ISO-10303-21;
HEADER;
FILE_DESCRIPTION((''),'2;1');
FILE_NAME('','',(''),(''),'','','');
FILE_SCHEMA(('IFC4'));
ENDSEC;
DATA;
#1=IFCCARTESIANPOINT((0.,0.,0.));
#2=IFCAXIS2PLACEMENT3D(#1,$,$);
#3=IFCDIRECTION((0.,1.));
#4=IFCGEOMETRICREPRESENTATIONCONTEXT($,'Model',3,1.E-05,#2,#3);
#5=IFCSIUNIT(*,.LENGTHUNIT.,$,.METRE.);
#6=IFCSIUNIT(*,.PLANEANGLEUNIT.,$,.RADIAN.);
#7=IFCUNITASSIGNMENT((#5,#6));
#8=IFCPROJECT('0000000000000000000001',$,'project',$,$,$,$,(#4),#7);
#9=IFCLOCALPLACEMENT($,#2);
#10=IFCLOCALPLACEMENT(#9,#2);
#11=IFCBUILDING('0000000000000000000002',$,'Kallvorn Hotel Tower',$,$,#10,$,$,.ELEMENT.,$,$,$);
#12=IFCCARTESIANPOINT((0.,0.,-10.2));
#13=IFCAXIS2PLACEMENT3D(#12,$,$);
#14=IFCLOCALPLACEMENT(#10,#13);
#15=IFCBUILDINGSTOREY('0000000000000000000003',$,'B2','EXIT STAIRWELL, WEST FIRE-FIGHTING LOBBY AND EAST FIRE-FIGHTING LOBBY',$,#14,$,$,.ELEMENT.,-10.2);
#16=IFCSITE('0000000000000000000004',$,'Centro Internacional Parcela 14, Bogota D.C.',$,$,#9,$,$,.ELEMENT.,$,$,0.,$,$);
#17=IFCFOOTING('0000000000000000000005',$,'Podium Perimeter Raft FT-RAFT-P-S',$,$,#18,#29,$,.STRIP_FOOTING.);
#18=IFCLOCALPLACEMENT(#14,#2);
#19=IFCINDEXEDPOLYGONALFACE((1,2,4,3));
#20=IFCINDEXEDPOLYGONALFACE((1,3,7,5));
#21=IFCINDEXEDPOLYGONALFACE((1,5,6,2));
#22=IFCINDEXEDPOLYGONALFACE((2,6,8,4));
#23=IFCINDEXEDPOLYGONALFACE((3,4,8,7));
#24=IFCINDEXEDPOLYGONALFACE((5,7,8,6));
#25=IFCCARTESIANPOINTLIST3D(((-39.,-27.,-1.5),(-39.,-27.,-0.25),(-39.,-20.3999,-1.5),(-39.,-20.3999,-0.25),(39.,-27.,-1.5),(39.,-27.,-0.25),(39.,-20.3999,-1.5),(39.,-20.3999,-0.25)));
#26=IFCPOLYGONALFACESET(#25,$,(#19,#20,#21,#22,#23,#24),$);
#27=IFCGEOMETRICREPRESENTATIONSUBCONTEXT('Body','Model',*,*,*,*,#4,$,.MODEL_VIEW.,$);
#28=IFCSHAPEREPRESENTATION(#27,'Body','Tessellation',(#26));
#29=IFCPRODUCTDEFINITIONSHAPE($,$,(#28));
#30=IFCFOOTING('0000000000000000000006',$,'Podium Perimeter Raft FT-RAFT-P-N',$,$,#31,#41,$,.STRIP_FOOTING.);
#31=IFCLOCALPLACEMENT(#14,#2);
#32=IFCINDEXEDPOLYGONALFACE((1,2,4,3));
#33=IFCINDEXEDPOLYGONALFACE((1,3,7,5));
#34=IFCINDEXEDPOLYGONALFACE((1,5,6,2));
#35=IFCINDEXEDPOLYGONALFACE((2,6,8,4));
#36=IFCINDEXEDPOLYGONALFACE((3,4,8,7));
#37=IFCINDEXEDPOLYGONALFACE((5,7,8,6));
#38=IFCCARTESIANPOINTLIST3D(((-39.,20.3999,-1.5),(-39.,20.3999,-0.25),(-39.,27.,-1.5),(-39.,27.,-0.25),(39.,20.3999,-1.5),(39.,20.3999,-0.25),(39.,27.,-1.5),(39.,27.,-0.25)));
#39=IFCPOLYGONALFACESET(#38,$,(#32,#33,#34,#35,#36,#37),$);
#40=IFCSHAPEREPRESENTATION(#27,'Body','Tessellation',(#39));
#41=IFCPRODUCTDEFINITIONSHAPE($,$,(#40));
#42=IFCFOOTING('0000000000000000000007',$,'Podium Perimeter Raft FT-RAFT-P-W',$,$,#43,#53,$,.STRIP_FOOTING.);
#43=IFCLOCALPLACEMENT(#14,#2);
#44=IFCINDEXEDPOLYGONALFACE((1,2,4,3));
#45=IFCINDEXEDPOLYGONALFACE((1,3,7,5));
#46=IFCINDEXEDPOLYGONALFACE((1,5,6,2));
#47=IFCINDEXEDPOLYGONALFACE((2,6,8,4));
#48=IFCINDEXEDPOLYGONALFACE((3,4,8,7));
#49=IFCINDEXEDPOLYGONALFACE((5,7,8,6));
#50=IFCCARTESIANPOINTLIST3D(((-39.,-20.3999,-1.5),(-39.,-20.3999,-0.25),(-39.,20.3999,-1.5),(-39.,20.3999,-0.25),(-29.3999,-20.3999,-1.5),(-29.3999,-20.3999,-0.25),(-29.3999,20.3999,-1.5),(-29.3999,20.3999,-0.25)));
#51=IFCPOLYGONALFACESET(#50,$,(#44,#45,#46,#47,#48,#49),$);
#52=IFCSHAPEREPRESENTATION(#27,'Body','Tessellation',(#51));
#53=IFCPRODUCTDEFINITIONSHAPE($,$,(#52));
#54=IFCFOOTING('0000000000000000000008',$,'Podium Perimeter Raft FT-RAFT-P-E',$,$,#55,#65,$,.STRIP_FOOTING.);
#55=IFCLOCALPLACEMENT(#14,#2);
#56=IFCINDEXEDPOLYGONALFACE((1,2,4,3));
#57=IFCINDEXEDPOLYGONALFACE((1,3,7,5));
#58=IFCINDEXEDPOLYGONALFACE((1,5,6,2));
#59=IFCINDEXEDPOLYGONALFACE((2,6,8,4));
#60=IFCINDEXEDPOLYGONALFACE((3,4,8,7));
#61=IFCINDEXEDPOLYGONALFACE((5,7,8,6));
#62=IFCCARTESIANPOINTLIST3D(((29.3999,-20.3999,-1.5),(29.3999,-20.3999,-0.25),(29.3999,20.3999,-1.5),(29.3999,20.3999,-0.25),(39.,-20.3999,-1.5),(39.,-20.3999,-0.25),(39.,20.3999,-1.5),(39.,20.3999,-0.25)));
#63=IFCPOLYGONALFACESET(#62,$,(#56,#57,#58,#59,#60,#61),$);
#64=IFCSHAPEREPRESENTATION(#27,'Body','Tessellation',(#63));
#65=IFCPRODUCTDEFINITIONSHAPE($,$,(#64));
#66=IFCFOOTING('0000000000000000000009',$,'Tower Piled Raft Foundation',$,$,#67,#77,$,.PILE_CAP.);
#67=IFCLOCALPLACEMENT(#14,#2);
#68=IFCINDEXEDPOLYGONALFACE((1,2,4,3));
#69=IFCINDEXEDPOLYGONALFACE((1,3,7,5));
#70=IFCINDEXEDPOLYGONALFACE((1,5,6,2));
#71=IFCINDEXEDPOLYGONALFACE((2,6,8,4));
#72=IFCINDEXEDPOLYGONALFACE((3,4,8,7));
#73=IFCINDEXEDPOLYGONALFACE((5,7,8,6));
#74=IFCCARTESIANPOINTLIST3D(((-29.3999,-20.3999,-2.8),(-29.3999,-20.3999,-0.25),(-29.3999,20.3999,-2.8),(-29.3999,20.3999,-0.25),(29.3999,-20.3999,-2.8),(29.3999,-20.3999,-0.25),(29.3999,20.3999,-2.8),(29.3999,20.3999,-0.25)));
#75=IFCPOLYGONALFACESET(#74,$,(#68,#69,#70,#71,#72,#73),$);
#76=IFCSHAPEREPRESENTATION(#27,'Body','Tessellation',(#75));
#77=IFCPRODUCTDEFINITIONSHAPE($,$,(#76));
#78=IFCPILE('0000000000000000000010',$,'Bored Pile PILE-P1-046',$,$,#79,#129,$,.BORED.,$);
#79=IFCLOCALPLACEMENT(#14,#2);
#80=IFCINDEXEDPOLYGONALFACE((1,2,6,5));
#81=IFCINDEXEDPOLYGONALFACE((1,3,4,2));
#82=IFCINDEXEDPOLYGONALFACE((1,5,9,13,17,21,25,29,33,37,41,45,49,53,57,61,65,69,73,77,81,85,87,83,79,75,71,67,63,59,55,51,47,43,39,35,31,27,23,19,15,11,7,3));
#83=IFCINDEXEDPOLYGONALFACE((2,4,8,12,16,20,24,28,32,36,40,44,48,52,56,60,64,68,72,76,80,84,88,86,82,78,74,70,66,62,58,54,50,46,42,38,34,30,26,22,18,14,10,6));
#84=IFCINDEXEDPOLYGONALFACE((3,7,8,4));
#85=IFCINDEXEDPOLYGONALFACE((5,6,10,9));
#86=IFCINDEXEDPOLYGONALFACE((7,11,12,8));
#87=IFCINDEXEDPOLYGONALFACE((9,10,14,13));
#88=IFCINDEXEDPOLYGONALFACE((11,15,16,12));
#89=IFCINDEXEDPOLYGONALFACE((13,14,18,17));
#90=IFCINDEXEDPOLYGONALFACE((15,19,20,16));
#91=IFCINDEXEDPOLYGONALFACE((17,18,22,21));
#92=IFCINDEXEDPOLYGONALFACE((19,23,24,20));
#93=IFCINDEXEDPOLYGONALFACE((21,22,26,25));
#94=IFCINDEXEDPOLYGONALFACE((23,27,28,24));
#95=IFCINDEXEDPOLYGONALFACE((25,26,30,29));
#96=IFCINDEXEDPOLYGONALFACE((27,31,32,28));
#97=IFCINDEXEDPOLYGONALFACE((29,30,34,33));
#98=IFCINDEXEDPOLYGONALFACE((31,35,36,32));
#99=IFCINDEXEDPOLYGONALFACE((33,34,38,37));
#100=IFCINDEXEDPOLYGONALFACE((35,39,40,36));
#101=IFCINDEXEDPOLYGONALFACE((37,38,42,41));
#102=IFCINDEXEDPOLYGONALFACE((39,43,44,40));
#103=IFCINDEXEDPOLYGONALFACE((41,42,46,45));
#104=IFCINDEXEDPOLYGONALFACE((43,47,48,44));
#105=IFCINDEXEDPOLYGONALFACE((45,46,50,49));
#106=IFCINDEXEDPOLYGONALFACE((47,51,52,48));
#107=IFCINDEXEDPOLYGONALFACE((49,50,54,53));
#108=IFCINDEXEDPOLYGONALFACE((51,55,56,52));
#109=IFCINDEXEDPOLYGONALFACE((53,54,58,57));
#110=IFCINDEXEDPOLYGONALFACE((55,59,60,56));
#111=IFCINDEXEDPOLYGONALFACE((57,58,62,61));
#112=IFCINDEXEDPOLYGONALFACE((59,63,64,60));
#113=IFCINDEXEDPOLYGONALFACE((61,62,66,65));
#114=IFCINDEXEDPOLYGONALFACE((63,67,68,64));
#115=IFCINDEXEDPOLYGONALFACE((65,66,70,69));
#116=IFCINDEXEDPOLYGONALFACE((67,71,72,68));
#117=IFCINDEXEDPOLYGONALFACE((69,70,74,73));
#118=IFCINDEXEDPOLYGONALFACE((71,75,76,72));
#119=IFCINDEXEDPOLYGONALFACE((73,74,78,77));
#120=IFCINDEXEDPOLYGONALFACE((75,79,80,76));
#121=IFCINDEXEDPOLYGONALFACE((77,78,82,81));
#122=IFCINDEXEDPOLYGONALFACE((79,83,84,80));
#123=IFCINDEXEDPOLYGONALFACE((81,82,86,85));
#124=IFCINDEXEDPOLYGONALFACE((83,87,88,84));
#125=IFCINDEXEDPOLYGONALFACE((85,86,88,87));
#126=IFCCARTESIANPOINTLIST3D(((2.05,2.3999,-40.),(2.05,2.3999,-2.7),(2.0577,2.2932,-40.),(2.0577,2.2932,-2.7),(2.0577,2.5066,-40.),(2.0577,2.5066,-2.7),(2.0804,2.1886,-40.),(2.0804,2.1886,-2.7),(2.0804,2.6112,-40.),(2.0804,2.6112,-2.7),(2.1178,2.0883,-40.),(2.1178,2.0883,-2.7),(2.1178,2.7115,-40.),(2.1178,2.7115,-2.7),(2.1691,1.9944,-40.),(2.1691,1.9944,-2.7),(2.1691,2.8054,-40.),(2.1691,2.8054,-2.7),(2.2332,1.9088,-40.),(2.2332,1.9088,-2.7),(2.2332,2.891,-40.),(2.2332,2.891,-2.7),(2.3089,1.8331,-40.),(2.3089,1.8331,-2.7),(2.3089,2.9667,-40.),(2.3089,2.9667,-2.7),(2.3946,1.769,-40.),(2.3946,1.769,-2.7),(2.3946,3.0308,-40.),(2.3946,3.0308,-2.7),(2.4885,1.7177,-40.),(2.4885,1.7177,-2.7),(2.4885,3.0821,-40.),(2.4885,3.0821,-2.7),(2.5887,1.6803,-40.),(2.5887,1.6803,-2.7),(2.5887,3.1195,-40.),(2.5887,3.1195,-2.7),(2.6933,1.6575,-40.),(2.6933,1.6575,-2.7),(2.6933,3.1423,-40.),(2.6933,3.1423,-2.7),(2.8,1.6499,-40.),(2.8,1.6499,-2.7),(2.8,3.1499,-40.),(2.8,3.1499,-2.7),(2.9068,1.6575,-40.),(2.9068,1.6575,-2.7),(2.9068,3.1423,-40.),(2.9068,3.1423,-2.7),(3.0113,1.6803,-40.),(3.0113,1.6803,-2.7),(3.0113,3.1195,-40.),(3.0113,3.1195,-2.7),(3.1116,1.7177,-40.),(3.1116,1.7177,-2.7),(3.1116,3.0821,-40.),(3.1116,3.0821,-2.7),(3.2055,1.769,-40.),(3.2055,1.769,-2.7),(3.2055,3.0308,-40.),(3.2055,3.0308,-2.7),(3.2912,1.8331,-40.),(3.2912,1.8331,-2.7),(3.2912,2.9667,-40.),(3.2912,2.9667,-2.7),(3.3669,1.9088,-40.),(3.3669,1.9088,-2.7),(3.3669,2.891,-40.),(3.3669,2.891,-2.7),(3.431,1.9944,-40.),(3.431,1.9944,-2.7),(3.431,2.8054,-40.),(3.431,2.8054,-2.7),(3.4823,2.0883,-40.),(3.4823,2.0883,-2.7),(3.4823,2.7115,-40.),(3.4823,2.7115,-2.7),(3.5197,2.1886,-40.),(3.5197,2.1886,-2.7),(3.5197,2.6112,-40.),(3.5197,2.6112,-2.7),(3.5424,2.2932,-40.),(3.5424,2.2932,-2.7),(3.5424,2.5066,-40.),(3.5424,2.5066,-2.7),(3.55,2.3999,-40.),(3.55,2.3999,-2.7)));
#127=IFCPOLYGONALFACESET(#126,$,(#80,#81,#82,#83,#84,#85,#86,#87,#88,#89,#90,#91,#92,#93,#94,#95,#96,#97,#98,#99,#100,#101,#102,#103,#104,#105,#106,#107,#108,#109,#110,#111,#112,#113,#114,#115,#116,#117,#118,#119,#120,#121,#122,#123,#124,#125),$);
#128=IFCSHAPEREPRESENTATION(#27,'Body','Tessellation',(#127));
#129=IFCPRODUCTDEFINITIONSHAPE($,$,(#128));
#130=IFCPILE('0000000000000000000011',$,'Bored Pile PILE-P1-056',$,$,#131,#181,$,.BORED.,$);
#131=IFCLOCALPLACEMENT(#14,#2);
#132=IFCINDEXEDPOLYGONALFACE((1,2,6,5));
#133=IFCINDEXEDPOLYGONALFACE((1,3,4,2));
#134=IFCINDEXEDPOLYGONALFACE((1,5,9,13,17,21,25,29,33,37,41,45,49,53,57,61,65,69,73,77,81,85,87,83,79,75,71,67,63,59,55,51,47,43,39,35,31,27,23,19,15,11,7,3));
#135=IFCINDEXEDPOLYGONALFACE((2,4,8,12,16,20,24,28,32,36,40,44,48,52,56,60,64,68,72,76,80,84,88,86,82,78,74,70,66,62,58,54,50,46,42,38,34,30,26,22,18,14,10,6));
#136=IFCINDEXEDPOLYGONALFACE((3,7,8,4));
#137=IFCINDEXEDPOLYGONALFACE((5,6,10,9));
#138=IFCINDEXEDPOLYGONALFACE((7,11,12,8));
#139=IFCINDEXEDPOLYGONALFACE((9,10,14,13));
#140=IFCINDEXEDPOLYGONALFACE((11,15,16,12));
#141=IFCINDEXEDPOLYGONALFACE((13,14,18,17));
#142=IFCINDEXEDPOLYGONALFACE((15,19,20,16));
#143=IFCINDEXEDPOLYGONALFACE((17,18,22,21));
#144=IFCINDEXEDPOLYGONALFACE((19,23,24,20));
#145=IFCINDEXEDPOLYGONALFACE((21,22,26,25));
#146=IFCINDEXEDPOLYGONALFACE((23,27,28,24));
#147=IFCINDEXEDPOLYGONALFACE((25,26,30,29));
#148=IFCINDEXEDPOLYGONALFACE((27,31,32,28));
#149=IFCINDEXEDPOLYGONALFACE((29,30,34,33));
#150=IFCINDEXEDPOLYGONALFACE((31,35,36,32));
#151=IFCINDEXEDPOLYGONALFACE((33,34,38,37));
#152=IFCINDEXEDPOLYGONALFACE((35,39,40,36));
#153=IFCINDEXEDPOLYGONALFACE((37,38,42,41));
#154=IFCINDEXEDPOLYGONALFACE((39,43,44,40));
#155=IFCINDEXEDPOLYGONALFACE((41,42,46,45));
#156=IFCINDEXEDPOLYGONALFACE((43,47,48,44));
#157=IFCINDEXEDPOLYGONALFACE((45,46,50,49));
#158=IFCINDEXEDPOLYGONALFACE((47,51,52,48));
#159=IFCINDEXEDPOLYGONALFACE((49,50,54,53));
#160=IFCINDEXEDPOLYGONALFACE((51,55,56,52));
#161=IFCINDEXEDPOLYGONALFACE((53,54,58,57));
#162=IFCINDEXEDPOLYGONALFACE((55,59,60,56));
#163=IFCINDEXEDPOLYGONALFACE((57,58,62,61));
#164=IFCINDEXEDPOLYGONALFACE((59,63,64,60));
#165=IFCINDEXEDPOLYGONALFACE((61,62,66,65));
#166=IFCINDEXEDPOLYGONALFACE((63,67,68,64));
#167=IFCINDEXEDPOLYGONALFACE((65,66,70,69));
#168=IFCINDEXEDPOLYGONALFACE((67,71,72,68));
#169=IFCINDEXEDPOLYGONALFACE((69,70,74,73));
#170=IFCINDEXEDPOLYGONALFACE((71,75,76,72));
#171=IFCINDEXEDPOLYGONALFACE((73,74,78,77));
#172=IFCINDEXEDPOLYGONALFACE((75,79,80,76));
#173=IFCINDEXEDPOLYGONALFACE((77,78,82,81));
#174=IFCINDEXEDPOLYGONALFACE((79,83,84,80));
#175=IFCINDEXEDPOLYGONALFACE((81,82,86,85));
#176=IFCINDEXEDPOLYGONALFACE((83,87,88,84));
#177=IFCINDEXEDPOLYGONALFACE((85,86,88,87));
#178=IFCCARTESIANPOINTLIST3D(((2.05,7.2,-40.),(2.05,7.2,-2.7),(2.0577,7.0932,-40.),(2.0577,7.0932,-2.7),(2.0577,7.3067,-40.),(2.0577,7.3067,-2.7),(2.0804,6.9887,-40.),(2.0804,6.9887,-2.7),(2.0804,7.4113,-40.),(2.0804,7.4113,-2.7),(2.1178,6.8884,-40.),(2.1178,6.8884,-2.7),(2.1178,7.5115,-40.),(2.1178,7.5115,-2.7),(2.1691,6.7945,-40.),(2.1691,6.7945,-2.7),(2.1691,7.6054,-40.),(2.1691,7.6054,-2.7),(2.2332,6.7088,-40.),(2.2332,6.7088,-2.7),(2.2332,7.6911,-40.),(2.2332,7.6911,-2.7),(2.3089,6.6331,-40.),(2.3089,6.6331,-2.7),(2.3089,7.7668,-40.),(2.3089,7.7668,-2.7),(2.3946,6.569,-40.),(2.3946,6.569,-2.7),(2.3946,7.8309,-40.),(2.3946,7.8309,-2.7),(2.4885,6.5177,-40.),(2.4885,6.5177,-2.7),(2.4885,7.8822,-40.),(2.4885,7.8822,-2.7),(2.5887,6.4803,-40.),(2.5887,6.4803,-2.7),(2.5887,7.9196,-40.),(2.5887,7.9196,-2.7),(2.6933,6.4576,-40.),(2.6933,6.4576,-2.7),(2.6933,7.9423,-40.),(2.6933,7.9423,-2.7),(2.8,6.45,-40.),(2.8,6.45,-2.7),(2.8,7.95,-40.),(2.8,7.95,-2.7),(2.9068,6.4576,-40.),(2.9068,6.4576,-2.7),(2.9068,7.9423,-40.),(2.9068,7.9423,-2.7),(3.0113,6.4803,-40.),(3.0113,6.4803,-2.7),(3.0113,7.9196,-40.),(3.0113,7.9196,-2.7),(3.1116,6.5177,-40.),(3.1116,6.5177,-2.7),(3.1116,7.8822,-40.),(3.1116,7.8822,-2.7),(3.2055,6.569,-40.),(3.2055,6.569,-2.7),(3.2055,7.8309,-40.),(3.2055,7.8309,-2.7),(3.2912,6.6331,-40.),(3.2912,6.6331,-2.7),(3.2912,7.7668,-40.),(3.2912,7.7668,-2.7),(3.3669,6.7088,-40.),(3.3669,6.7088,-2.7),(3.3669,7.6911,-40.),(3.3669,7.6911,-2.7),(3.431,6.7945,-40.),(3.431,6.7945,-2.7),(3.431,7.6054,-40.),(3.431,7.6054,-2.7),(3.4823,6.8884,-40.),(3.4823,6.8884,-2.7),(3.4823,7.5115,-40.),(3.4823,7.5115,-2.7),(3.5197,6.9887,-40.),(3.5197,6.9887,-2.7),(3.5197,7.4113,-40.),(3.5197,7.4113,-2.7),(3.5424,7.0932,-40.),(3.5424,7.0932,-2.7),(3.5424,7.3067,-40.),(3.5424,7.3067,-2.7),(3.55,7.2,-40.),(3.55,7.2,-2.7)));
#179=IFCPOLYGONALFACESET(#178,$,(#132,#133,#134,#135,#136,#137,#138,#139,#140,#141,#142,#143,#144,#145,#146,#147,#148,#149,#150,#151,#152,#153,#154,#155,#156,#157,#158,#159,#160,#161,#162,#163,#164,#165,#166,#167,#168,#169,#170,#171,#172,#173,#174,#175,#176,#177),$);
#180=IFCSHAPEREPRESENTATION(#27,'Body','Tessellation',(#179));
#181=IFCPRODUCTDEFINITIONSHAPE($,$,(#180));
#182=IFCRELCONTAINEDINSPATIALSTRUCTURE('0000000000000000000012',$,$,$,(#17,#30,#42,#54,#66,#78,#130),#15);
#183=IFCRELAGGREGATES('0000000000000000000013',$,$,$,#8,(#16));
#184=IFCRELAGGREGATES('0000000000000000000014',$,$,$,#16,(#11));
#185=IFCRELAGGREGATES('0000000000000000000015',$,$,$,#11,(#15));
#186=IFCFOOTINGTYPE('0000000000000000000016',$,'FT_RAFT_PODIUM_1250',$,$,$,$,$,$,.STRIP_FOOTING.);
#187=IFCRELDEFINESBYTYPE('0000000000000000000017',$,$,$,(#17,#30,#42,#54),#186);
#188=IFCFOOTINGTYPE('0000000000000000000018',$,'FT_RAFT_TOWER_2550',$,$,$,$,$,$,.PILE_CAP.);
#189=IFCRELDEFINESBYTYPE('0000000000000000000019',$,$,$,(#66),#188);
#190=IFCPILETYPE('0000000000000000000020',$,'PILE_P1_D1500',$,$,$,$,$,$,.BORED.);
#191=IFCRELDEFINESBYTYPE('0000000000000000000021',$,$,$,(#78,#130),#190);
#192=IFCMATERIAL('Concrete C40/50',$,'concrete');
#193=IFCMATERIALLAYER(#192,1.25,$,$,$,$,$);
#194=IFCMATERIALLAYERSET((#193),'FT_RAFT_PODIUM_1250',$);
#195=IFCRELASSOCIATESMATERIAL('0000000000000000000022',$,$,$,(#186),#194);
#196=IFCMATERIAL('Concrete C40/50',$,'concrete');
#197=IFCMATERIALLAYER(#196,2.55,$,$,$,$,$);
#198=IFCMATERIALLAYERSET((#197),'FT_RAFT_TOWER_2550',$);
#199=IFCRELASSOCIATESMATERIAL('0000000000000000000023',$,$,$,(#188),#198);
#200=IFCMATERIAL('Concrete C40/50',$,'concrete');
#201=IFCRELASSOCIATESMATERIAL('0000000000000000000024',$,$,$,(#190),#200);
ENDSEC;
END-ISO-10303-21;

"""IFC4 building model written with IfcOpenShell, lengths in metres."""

from ifc_helpers import new_model, si_unit, direction, frame, origin, origin_2d, place, context, subcontext, project, spatial, polyline, circle, outline, extrude, material, layer, layer_set, material_profile, profile_set, type_object, element, save


model = new_model("IFC4")

# Units and contexts
model_context = context("Model", 3, precision=1e-05, world=origin(), true_north=direction((0.0, 1.0)))
body_context = subcontext(model_context, "Body", "Model", "MODEL_VIEW")
ifc_project = project(units=[si_unit("LENGTHUNIT", "METRE"), si_unit("PLANEANGLEUNIT", "RADIAN")], contexts=[model_context])

# Site, building, storey
site_placement = place(None, origin())
site = spatial("IfcSite", under=ifc_project, at=site_placement, Name="Centro Internacional Parcela 14, Bogota D.C.", CompositionType="ELEMENT", RefElevation=0.0)
building_placement = place(site_placement, origin())
building = spatial("IfcBuilding", under=site, at=building_placement, Name="Kallvorn Hotel Tower", CompositionType="ELEMENT")
storey_placement = place(building_placement, frame((0.0, 0.0, -10.2)))
storey = spatial("IfcBuildingStorey", under=building, at=storey_placement, Name="B2", Description="EXIT STAIRWELL, WEST FIRE-FIGHTING LOBBY AND EAST FIRE-FIGHTING LOBBY", CompositionType="ELEMENT", Elevation=-10.2)

# Footings
ifc_material_1 = material(Name="Concrete C40/50", Category="concrete")
ifc_layer_1 = layer(ifc_material_1, 1.25)
ifc_layer_set_1 = layer_set([ifc_layer_1], Name="FT_RAFT_PODIUM_1250")
footing_type_1 = type_object("IfcFootingType", Name="FT_RAFT_PODIUM_1250", PredefinedType="STRIP_FOOTING", material=ifc_layer_set_1)
footing_1_placement = place(storey_placement, frame((0.0, 0.0, -1.5)))
element("IfcFooting", 1, at=footing_1_placement, inside=storey, type_object=footing_type_1, Name="Podium Perimeter Raft FT-RAFT-P-S", PredefinedType="STRIP_FOOTING", context=body_context, shape_type="SweptSolid", body=[
    extrude(outline(polyline([(-39.0, -27.0), (39.0, -27.0), (39.0, -20.3999), (-39.0, -20.3999), (-39.0, -27.0)])), origin(), (0.0, 0.0, 1.0), 1.25),
])
footing_2_placement = place(storey_placement, frame((0.0, 0.0, -1.5)))
element("IfcFooting", 2, at=footing_2_placement, inside=storey, type_object=footing_type_1, Name="Podium Perimeter Raft FT-RAFT-P-N", PredefinedType="STRIP_FOOTING", context=body_context, shape_type="SweptSolid", body=[
    extrude(outline(polyline([(-39.0, 20.3999), (39.0, 20.3999), (39.0, 27.0), (-39.0, 27.0), (-39.0, 20.3999)])), origin(), (0.0, 0.0, 1.0), 1.25),
])
footing_3_placement = place(storey_placement, frame((0.0, 0.0, -1.5)))
element("IfcFooting", 3, at=footing_3_placement, inside=storey, type_object=footing_type_1, Name="Podium Perimeter Raft FT-RAFT-P-W", PredefinedType="STRIP_FOOTING", context=body_context, shape_type="SweptSolid", body=[
    extrude(outline(polyline([(-39.0, -20.3999), (-29.3999, -20.3999), (-29.3999, 20.3999), (-39.0, 20.3999), (-39.0, -20.3999)])), origin(), (0.0, 0.0, 1.0), 1.25),
])
footing_4_placement = place(storey_placement, frame((0.0, 0.0, -1.5)))
element("IfcFooting", 4, at=footing_4_placement, inside=storey, type_object=footing_type_1, Name="Podium Perimeter Raft FT-RAFT-P-E", PredefinedType="STRIP_FOOTING", context=body_context, shape_type="SweptSolid", body=[
    extrude(outline(polyline([(29.3999, -20.3999), (39.0, -20.3999), (39.0, 20.3999), (29.3999, 20.3999), (29.3999, -20.3999)])), origin(), (0.0, 0.0, 1.0), 1.25),
])
ifc_material_2 = material(Name="Concrete C40/50", Category="concrete")
ifc_layer_2 = layer(ifc_material_2, 2.55)
ifc_layer_set_2 = layer_set([ifc_layer_2], Name="FT_RAFT_TOWER_2550")
footing_type_2 = type_object("IfcFootingType", Name="FT_RAFT_TOWER_2550", PredefinedType="PILE_CAP", material=ifc_layer_set_2)
footing_5_placement = place(storey_placement, frame((0.0, 0.0, -2.8)))
element("IfcFooting", 5, at=footing_5_placement, inside=storey, type_object=footing_type_2, Name="Tower Piled Raft Foundation", PredefinedType="PILE_CAP", context=body_context, shape_type="SweptSolid", body=[
    extrude(outline(polyline([(-29.3999, -20.3999), (29.3999, -20.3999), (29.3999, 20.3999), (-29.3999, 20.3999), (-29.3999, -20.3999)])), origin(), (0.0, 0.0, 1.0), 2.55),
])

# Piles
ifc_material_3 = material(Name="Concrete C40/50", Category="concrete")
ifc_material_profile_1 = material_profile(ifc_material_3, circle(Radius=0.75, at=origin_2d()), Name="PILE D1500")
ifc_profile_set_1 = profile_set([ifc_material_profile_1], Name="Concrete C40/50")
pile_type = type_object("IfcPileType", Name="PILE_P1_D1500", PredefinedType="BORED", material=ifc_profile_set_1)
for number, where, z_axis, x_axis, name in (
    (6, (2.8, 2.3999, -2.7), (0.0, 0.0, -1.0), (1.0, 0.0, 0.0), "Bored Pile PILE-P1-046"),
    (7, (2.8, 7.2, -2.7), (0.0, 0.0, -1.0), (1.0, 0.0, 0.0), "Bored Pile PILE-P1-056"),
):
    element("IfcPile", number, at=place(storey_placement, frame(where, z_axis=z_axis, x_axis=x_axis)), inside=storey, type_object=pile_type, Name=name, PredefinedType="BORED", context=body_context, shape_type="SweptSolid", body=[
        extrude(circle(Radius=0.75, at=origin_2d()), origin(), (0.0, 0.0, 1.0), 37.3),
    ])

save(model, "model.ifc")
